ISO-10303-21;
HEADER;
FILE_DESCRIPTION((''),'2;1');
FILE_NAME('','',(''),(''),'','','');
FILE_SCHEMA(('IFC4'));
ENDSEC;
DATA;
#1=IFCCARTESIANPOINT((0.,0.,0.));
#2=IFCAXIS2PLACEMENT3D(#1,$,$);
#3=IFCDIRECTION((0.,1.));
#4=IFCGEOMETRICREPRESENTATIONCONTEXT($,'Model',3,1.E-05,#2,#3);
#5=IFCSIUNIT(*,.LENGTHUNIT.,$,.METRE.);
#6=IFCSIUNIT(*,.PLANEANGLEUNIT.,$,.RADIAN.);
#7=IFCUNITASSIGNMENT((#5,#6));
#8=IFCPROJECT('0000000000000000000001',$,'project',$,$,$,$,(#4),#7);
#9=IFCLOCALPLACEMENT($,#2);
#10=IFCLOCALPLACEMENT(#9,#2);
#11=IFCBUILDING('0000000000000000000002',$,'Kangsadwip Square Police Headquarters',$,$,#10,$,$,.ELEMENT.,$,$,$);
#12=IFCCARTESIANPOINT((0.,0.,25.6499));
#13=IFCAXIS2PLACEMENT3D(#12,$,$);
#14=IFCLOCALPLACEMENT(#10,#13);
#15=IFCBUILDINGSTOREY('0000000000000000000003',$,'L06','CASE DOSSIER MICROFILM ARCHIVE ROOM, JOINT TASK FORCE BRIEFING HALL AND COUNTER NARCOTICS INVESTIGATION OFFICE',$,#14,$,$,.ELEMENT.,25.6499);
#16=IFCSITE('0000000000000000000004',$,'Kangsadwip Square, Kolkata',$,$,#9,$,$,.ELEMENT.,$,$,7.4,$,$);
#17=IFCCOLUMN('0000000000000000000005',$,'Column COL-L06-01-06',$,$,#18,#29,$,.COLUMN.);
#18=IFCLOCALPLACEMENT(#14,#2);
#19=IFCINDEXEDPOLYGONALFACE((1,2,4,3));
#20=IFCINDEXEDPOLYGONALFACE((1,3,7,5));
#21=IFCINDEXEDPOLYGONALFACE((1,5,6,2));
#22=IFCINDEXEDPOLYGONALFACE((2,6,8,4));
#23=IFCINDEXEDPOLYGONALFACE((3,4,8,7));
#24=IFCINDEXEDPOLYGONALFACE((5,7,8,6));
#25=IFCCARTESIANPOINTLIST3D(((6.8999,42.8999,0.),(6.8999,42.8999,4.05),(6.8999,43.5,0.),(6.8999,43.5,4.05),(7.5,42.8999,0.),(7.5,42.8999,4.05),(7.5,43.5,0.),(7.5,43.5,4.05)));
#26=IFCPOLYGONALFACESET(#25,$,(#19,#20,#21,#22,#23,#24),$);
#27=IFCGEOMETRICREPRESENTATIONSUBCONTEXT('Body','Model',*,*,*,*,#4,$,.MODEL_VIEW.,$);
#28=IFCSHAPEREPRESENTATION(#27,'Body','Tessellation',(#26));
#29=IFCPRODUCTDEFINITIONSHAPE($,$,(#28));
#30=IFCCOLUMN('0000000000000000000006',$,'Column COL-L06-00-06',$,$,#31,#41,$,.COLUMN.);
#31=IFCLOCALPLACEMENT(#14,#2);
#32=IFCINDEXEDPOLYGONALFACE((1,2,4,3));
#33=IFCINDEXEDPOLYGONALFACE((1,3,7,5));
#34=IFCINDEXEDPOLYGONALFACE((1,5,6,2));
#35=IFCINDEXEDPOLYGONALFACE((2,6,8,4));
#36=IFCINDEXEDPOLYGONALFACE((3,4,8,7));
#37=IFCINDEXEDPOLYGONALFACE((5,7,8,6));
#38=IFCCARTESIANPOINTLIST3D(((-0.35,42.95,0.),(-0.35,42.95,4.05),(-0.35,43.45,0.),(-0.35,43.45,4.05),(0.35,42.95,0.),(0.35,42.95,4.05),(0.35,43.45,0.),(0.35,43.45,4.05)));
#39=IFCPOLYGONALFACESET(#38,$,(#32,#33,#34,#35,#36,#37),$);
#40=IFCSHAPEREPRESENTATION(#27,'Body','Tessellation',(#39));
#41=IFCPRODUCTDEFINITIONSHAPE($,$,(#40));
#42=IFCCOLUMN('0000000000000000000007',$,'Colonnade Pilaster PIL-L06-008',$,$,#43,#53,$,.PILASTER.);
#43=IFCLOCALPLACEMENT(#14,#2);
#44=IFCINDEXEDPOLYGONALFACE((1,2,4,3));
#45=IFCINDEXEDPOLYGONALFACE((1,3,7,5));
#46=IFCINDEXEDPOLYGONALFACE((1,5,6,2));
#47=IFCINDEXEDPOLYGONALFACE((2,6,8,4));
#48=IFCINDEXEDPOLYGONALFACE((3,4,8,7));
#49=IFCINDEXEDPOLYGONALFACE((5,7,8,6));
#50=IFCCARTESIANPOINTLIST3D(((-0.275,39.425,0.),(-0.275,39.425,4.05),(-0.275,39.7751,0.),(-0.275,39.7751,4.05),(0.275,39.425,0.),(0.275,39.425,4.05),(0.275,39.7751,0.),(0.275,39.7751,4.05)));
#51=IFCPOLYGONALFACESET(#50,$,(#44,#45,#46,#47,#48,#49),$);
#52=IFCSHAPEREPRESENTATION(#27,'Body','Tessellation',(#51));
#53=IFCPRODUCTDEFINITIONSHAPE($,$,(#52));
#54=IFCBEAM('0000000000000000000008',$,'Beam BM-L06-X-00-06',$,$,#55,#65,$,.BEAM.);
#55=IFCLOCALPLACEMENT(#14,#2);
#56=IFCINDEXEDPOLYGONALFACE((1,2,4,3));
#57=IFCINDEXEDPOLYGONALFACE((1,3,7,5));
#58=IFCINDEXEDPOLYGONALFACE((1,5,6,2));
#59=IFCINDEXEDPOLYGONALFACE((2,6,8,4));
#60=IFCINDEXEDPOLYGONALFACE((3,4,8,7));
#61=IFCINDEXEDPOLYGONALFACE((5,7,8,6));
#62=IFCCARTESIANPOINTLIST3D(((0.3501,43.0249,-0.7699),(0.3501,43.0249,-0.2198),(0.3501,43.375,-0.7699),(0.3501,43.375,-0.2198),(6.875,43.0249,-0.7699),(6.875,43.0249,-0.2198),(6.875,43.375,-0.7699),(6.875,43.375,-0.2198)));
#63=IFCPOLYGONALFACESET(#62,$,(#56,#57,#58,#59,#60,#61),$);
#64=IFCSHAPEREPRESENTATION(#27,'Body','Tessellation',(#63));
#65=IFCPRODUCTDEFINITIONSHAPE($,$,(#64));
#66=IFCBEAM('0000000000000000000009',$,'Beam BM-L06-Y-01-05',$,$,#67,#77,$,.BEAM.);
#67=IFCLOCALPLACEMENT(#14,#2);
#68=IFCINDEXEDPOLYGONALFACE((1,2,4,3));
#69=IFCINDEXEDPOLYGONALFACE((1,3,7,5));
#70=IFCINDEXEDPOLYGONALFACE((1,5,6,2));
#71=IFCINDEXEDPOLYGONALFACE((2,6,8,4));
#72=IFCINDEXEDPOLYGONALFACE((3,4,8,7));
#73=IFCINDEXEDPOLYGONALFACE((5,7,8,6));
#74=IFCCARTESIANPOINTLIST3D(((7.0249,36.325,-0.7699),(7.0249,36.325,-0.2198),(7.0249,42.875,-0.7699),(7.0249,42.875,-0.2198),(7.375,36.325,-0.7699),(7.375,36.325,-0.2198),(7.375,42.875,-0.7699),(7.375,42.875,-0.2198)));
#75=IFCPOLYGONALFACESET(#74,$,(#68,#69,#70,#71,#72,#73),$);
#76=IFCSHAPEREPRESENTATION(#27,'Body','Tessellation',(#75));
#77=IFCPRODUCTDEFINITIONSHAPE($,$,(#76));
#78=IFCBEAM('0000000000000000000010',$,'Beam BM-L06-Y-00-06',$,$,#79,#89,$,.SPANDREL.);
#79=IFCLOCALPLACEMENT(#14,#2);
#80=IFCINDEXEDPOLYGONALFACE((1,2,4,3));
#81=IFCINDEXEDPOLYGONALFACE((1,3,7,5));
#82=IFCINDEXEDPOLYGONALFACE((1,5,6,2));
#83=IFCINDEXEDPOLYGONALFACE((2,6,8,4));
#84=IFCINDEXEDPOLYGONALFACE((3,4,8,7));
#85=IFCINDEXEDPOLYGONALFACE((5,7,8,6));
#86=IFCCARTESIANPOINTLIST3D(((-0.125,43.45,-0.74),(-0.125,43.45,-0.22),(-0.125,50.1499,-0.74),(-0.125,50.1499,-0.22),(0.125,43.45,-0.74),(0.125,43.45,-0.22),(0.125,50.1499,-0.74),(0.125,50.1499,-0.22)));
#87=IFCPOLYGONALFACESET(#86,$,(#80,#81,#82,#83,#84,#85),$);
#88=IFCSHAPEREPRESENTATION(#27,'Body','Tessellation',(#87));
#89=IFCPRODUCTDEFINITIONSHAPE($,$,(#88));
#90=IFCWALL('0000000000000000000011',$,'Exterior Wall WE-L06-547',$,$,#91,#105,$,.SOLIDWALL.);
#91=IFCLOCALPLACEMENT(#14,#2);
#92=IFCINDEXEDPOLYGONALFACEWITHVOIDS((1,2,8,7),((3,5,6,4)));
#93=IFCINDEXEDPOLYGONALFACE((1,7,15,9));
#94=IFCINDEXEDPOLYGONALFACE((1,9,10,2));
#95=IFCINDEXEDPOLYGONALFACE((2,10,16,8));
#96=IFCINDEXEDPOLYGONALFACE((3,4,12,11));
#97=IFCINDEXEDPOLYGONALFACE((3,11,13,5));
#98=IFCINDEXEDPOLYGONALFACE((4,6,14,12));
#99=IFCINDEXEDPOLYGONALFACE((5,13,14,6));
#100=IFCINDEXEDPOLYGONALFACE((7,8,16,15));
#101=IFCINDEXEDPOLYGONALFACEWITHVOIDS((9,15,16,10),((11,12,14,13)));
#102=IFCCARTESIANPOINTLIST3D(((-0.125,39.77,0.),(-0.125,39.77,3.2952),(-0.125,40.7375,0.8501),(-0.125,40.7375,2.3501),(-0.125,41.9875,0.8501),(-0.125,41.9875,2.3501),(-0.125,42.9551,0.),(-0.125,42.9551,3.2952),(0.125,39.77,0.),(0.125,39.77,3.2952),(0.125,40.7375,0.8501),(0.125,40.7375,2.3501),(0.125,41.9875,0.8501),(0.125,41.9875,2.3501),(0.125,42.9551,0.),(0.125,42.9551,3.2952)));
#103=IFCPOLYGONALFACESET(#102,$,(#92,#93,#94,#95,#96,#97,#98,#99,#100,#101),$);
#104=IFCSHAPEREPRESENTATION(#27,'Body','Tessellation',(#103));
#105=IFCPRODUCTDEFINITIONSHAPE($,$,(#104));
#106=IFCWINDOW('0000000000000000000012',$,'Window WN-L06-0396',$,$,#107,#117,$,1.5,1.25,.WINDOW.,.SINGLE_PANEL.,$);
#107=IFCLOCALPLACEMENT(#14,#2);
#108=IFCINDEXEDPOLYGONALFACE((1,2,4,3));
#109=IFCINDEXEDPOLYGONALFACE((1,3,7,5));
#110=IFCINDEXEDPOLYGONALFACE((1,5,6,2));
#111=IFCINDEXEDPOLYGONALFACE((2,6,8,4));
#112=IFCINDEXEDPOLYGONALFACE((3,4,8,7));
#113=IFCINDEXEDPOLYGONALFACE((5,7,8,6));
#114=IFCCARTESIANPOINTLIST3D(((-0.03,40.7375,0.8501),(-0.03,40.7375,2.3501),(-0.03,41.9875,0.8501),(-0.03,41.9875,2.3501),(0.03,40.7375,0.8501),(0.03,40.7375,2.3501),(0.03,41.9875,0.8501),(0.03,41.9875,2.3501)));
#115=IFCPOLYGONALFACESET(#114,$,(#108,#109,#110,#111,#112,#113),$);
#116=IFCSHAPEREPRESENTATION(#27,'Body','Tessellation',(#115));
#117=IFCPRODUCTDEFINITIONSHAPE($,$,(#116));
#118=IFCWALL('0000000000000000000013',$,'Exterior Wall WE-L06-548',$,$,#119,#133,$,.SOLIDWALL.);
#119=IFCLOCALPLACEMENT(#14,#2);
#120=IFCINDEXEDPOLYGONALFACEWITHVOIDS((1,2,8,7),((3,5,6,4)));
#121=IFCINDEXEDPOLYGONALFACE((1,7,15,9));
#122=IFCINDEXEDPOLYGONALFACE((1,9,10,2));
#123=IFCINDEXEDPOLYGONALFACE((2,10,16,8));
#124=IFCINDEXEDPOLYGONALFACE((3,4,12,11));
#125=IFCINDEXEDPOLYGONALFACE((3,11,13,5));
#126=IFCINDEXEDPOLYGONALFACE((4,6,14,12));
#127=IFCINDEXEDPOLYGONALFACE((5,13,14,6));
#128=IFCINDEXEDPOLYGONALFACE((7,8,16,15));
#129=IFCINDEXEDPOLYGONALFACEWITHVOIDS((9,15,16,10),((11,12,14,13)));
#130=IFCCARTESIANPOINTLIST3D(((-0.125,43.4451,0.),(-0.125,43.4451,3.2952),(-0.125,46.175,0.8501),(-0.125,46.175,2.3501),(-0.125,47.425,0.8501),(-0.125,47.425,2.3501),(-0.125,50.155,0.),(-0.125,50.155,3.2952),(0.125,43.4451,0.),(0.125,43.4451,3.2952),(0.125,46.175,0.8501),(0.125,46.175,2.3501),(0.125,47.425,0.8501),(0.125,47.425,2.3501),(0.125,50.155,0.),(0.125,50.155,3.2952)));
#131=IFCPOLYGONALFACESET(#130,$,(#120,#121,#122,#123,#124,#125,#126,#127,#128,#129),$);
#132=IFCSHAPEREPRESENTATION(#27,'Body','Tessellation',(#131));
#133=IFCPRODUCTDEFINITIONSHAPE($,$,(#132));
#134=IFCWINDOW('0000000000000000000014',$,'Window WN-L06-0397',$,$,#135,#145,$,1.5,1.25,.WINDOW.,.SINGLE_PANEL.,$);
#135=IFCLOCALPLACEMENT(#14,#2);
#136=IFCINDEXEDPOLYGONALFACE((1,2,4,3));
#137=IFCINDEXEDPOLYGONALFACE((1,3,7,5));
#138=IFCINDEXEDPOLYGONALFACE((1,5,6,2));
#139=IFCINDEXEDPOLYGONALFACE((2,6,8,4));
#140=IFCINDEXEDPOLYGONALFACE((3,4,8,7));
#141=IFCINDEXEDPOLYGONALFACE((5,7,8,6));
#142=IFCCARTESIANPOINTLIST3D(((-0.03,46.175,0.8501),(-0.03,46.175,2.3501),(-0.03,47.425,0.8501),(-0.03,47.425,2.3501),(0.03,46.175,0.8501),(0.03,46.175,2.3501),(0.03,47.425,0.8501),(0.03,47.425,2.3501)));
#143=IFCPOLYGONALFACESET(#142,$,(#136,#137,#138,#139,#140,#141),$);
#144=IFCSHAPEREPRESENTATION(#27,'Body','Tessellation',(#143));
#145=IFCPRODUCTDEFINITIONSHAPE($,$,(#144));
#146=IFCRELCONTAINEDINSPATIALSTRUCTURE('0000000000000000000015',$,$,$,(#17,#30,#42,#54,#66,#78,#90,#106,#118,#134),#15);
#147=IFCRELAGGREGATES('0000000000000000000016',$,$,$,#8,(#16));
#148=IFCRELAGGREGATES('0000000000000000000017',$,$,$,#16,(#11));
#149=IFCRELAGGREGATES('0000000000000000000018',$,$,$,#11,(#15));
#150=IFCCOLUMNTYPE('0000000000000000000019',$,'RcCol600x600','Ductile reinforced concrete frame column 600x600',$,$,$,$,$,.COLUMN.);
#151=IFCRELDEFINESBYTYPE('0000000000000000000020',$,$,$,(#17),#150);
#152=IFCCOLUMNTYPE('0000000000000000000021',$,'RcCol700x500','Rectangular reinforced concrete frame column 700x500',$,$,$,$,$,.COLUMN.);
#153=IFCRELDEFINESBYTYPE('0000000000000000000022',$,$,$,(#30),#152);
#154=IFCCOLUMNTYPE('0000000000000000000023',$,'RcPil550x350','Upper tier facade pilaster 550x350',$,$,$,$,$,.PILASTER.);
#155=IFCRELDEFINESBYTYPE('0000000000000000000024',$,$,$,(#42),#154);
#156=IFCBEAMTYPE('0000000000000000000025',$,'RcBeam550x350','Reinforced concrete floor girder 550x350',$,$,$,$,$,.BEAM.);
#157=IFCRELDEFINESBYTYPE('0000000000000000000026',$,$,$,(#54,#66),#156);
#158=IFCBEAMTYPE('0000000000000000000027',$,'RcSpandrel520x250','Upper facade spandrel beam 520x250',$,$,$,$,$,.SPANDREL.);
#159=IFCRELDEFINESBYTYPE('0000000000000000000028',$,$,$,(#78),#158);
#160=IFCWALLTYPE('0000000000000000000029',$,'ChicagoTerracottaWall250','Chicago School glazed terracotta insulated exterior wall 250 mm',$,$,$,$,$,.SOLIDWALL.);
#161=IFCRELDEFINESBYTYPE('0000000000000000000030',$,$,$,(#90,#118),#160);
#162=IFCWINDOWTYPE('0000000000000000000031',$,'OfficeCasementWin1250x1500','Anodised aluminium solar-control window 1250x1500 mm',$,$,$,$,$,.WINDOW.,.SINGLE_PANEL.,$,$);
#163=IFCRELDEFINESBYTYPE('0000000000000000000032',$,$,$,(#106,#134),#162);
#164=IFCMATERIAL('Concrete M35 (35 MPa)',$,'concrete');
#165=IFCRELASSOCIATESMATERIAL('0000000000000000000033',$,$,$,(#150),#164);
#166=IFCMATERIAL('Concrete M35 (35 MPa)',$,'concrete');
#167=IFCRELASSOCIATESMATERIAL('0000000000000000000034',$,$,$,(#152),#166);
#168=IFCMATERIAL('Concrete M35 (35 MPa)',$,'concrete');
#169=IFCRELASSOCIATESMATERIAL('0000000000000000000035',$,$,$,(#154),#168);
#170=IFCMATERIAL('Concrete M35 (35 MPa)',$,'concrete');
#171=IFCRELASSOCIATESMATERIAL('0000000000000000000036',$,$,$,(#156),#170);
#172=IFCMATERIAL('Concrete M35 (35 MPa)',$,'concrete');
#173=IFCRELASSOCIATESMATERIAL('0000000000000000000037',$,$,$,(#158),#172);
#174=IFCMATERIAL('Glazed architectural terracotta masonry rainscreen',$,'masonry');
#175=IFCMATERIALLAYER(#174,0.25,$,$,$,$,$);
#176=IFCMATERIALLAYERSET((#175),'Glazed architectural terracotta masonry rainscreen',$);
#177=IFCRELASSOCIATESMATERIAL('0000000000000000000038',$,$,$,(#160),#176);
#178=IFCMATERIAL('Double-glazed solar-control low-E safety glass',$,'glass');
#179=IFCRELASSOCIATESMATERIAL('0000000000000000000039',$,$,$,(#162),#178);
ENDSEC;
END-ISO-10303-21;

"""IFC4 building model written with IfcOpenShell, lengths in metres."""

from ifc_helpers import new_model, si_unit, direction, frame, frame_2d, origin, origin_2d, place, context, subcontext, project, spatial, rectangle, extrude, material, layer, layer_set, material_profile, profile_set, type_object, element, fill, save


model = new_model("IFC4")

# Units and contexts
model_context = context("Model", 3, precision=1e-05, world=origin(), true_north=direction((0.0, 1.0)))
body_context = subcontext(model_context, "Body", "Model", "MODEL_VIEW")
ifc_project = project(units=[si_unit("LENGTHUNIT", "METRE"), si_unit("PLANEANGLEUNIT", "RADIAN")], contexts=[model_context])

# Site, building, storey
site_placement = place(None, origin())
site = spatial("IfcSite", under=ifc_project, at=site_placement, Name="Kangsadwip Square, Kolkata", CompositionType="ELEMENT", RefElevation=7.4)
building_placement = place(site_placement, origin())
building = spatial("IfcBuilding", under=site, at=building_placement, Name="Kangsadwip Square Police Headquarters", CompositionType="ELEMENT")
storey_placement = place(building_placement, frame((0.0, 0.0, 25.6499)))
storey = spatial("IfcBuildingStorey", under=building, at=storey_placement, Name="L06", Description="CASE DOSSIER MICROFILM ARCHIVE ROOM, JOINT TASK FORCE BRIEFING HALL AND COUNTER NARCOTICS INVESTIGATION OFFICE", CompositionType="ELEMENT", Elevation=25.6499)

# Columns
ifc_material_1 = material(Name="Concrete M35 (35 MPa)", Category="concrete")
ifc_material_profile_1 = material_profile(ifc_material_1, rectangle(XDim=0.6001, YDim=0.6001, at=origin_2d()), Name="RC COL 600X600")
ifc_profile_set_1 = profile_set([ifc_material_profile_1], Name="Concrete M35 (35 MPa)")
column_type_1 = type_object("IfcColumnType", Name="RcCol600x600", Description="Ductile reinforced concrete frame column 600x600", PredefinedType="COLUMN", material=ifc_profile_set_1)
column_1_placement = place(storey_placement, frame((7.2, 43.2, 0.0), z_axis=(0.0, 0.0, 1.0), x_axis=(1.0, 0.0, 0.0)))
element("IfcColumn", 1, at=column_1_placement, inside=storey, type_object=column_type_1, Name="Column COL-L06-01-06", PredefinedType="COLUMN", context=body_context, shape_type="SweptSolid", body=[
    extrude(rectangle(XDim=0.6001, YDim=0.6001, at=origin_2d()), origin(), (0.0, 0.0, 1.0), 4.05),
])
ifc_material_2 = material(Name="Concrete M35 (35 MPa)", Category="concrete")
ifc_material_profile_2 = material_profile(ifc_material_2, rectangle(XDim=0.5, YDim=0.7, at=origin_2d()), Name="RC COL 700X500")
ifc_profile_set_2 = profile_set([ifc_material_profile_2], Name="Concrete M35 (35 MPa)")
column_type_2 = type_object("IfcColumnType", Name="RcCol700x500", Description="Rectangular reinforced concrete frame column 700x500", PredefinedType="COLUMN", material=ifc_profile_set_2)
column_2_placement = place(storey_placement, frame((0.0, 43.2, 0.0), z_axis=(0.0, 0.0, 1.0), x_axis=(0.0, 1.0, 0.0)))
element("IfcColumn", 2, at=column_2_placement, inside=storey, type_object=column_type_2, Name="Column COL-L06-00-06", PredefinedType="COLUMN", context=body_context, shape_type="SweptSolid", body=[
    extrude(rectangle(XDim=0.5, YDim=0.7, at=origin_2d()), origin(), (0.0, 0.0, 1.0), 4.05),
])
ifc_material_3 = material(Name="Concrete M35 (35 MPa)", Category="concrete")
ifc_material_profile_3 = material_profile(ifc_material_3, rectangle(XDim=0.3501, YDim=0.55, at=origin_2d()), Name="RC PIL 550X350")
ifc_profile_set_3 = profile_set([ifc_material_profile_3], Name="Concrete M35 (35 MPa)")
column_type_3 = type_object("IfcColumnType", Name="RcPil550x350", Description="Upper tier facade pilaster 550x350", PredefinedType="PILASTER", material=ifc_profile_set_3)
column_3_placement = place(storey_placement, frame((0.0, 39.6001, 0.0), z_axis=(0.0, 0.0, 1.0), x_axis=(0.0, 1.0, 0.0)))
element("IfcColumn", 3, at=column_3_placement, inside=storey, type_object=column_type_3, Name="Colonnade Pilaster PIL-L06-008", PredefinedType="PILASTER", context=body_context, shape_type="SweptSolid", body=[
    extrude(rectangle(XDim=0.3501, YDim=0.55, at=origin_2d()), origin(), (0.0, 0.0, 1.0), 4.05),
])

# Beams
ifc_material_4 = material(Name="Concrete M35 (35 MPa)", Category="concrete")
ifc_material_profile_4 = material_profile(ifc_material_4, rectangle(XDim=0.3501, YDim=0.55, at=origin_2d()), Name="RC BM 550X350")
ifc_profile_set_4 = profile_set([ifc_material_profile_4], Name="Concrete M35 (35 MPa)")
beam_type_1 = type_object("IfcBeamType", Name="RcBeam550x350", Description="Reinforced concrete floor girder 550x350", PredefinedType="BEAM", material=ifc_profile_set_4)
beam_1_placement = place(storey_placement, frame((0.3501, 43.2, -0.4949), z_axis=(1.0, 0.0, 0.0), x_axis=(0.0, 1.0, 0.0)))
element("IfcBeam", 4, at=beam_1_placement, inside=storey, type_object=beam_type_1, Name="Beam BM-L06-X-00-06", PredefinedType="BEAM", context=body_context, shape_type="SweptSolid", body=[
    extrude(rectangle(XDim=0.3501, YDim=0.55, at=origin_2d()), origin(), (0.0, 0.0, 1.0), 6.5249),
])
beam_2_placement = place(storey_placement, frame((7.2, 36.325, -0.4949), z_axis=(0.0, 1.0, 0.0), x_axis=(-1.0, 0.0, 0.0)))
element("IfcBeam", 5, at=beam_2_placement, inside=storey, type_object=beam_type_1, Name="Beam BM-L06-Y-01-05", PredefinedType="BEAM", context=body_context, shape_type="SweptSolid", body=[
    extrude(rectangle(XDim=0.3501, YDim=0.55, at=origin_2d()), origin(), (0.0, 0.0, 1.0), 6.55),
])
ifc_material_5 = material(Name="Concrete M35 (35 MPa)", Category="concrete")
ifc_material_profile_5 = material_profile(ifc_material_5, rectangle(XDim=0.25, YDim=0.52, at=origin_2d()), Name="RC SPN 520X250")
ifc_profile_set_5 = profile_set([ifc_material_profile_5], Name="Concrete M35 (35 MPa)")
beam_type_2 = type_object("IfcBeamType", Name="RcSpandrel520x250", Description="Upper facade spandrel beam 520x250", PredefinedType="SPANDREL", material=ifc_profile_set_5)
beam_3_placement = place(storey_placement, frame((0.0, 43.45, -0.48), z_axis=(0.0, 1.0, 0.0), x_axis=(-1.0, 0.0, 0.0)))
element("IfcBeam", 6, at=beam_3_placement, inside=storey, type_object=beam_type_2, Name="Beam BM-L06-Y-00-06", PredefinedType="SPANDREL", context=body_context, shape_type="SweptSolid", body=[
    extrude(rectangle(XDim=0.25, YDim=0.52, at=origin_2d()), origin(), (0.0, 0.0, 1.0), 6.7),
])

# Walls, openings, windows
ifc_material_6 = material(Name="Glazed architectural terracotta masonry rainscreen", Category="masonry")
ifc_layer_1 = layer(ifc_material_6, 0.25)
ifc_layer_set_1 = layer_set([ifc_layer_1], Name="Glazed architectural terracotta masonry rainscreen")
wall_type_1 = type_object("IfcWallType", Name="ChicagoTerracottaWall250", Description="Chicago School glazed terracotta insulated exterior wall 250 mm", PredefinedType="SOLIDWALL", material=ifc_layer_set_1)
wall_1_placement = place(storey_placement, frame((0.0, 39.77, 0.0), z_axis=(0.0, 0.0, 1.0), x_axis=(0.0, 1.0, 0.0)))
wall_1 = element("IfcWall", 7, at=wall_1_placement, inside=storey, type_object=wall_type_1, Name="Exterior Wall WE-L06-547", PredefinedType="SOLIDWALL", context=body_context, shape_type="SweptSolid", body=[
    extrude(rectangle(XDim=3.1851, YDim=0.25, at=frame_2d((1.5925, 0.0))), origin(), (0.0, 0.0, 1.0), 3.2952),
])
opening_1_placement = place(wall_1_placement, frame((0.9675, 0.0, 0.8501)))
opening_1 = element("IfcOpeningElement", 8, at=opening_1_placement, cuts=wall_1, PredefinedType="OPENING", context=body_context, shape_type="SweptSolid", body=[
    extrude(rectangle(XDim=1.25, YDim=1.5, at=frame_2d((0.625, 0.75))), frame((0.0, 0.135, 0.0), z_axis=(0.0, -1.0, 0.0), x_axis=(1.0, 0.0, 0.0)), (0.0, 0.0, 1.0), 0.27),
])
ifc_material_7 = material(Name="Double-glazed solar-control low-E safety glass", Category="glass")
window_type = type_object("IfcWindowType", Name="OfficeCasementWin1250x1500", Description="Anodised aluminium solar-control window 1250x1500 mm", PartitioningType="SINGLE_PANEL", PredefinedType="WINDOW", material=ifc_material_7)
window_1_placement = place(opening_1_placement, origin())
window_1 = element("IfcWindow", 9, at=window_1_placement, inside=storey, type_object=window_type, Name="Window WN-L06-0396", OverallHeight=1.5, OverallWidth=1.25, PartitioningType="SINGLE_PANEL", PredefinedType="WINDOW", context=body_context, shape_type="SweptSolid", body=[
    extrude(rectangle(XDim=1.25, YDim=1.5, at=frame_2d((0.625, 0.75))), frame((0.0, 0.03, 0.0), z_axis=(0.0, -1.0, 0.0), x_axis=(1.0, 0.0, 0.0)), (0.0, 0.0, 1.0), 0.0601),
])
fill(opening_1, window_1)
wall_2_placement = place(storey_placement, frame((0.0, 43.4451, 0.0), z_axis=(0.0, 0.0, 1.0), x_axis=(0.0, 1.0, 0.0)))
wall_2 = element("IfcWall", 10, at=wall_2_placement, inside=storey, type_object=wall_type_1, Name="Exterior Wall WE-L06-548", PredefinedType="SOLIDWALL", context=body_context, shape_type="SweptSolid", body=[
    extrude(rectangle(XDim=6.71, YDim=0.25, at=frame_2d((3.355, 0.0))), origin(), (0.0, 0.0, 1.0), 3.2952),
])
opening_2_placement = place(wall_2_placement, frame((2.73, 0.0, 0.8501)))
opening_2 = element("IfcOpeningElement", 11, at=opening_2_placement, cuts=wall_2, PredefinedType="OPENING", context=body_context, shape_type="SweptSolid", body=[
    extrude(rectangle(XDim=1.25, YDim=1.5, at=frame_2d((0.625, 0.75))), frame((0.0, 0.135, 0.0), z_axis=(0.0, -1.0, 0.0), x_axis=(1.0, 0.0, 0.0)), (0.0, 0.0, 1.0), 0.27),
])
window_2_placement = place(opening_2_placement, origin())
window_2 = element("IfcWindow", 12, at=window_2_placement, inside=storey, type_object=window_type, Name="Window WN-L06-0397", OverallHeight=1.5, OverallWidth=1.25, PartitioningType="SINGLE_PANEL", PredefinedType="WINDOW", context=body_context, shape_type="SweptSolid", body=[
    extrude(rectangle(XDim=1.25, YDim=1.5, at=frame_2d((0.625, 0.75))), frame((0.0, 0.03, 0.0), z_axis=(0.0, -1.0, 0.0), x_axis=(1.0, 0.0, 0.0)), (0.0, 0.0, 1.0), 0.0601),
])
fill(opening_2, window_2)

save(model, "model.ifc")
